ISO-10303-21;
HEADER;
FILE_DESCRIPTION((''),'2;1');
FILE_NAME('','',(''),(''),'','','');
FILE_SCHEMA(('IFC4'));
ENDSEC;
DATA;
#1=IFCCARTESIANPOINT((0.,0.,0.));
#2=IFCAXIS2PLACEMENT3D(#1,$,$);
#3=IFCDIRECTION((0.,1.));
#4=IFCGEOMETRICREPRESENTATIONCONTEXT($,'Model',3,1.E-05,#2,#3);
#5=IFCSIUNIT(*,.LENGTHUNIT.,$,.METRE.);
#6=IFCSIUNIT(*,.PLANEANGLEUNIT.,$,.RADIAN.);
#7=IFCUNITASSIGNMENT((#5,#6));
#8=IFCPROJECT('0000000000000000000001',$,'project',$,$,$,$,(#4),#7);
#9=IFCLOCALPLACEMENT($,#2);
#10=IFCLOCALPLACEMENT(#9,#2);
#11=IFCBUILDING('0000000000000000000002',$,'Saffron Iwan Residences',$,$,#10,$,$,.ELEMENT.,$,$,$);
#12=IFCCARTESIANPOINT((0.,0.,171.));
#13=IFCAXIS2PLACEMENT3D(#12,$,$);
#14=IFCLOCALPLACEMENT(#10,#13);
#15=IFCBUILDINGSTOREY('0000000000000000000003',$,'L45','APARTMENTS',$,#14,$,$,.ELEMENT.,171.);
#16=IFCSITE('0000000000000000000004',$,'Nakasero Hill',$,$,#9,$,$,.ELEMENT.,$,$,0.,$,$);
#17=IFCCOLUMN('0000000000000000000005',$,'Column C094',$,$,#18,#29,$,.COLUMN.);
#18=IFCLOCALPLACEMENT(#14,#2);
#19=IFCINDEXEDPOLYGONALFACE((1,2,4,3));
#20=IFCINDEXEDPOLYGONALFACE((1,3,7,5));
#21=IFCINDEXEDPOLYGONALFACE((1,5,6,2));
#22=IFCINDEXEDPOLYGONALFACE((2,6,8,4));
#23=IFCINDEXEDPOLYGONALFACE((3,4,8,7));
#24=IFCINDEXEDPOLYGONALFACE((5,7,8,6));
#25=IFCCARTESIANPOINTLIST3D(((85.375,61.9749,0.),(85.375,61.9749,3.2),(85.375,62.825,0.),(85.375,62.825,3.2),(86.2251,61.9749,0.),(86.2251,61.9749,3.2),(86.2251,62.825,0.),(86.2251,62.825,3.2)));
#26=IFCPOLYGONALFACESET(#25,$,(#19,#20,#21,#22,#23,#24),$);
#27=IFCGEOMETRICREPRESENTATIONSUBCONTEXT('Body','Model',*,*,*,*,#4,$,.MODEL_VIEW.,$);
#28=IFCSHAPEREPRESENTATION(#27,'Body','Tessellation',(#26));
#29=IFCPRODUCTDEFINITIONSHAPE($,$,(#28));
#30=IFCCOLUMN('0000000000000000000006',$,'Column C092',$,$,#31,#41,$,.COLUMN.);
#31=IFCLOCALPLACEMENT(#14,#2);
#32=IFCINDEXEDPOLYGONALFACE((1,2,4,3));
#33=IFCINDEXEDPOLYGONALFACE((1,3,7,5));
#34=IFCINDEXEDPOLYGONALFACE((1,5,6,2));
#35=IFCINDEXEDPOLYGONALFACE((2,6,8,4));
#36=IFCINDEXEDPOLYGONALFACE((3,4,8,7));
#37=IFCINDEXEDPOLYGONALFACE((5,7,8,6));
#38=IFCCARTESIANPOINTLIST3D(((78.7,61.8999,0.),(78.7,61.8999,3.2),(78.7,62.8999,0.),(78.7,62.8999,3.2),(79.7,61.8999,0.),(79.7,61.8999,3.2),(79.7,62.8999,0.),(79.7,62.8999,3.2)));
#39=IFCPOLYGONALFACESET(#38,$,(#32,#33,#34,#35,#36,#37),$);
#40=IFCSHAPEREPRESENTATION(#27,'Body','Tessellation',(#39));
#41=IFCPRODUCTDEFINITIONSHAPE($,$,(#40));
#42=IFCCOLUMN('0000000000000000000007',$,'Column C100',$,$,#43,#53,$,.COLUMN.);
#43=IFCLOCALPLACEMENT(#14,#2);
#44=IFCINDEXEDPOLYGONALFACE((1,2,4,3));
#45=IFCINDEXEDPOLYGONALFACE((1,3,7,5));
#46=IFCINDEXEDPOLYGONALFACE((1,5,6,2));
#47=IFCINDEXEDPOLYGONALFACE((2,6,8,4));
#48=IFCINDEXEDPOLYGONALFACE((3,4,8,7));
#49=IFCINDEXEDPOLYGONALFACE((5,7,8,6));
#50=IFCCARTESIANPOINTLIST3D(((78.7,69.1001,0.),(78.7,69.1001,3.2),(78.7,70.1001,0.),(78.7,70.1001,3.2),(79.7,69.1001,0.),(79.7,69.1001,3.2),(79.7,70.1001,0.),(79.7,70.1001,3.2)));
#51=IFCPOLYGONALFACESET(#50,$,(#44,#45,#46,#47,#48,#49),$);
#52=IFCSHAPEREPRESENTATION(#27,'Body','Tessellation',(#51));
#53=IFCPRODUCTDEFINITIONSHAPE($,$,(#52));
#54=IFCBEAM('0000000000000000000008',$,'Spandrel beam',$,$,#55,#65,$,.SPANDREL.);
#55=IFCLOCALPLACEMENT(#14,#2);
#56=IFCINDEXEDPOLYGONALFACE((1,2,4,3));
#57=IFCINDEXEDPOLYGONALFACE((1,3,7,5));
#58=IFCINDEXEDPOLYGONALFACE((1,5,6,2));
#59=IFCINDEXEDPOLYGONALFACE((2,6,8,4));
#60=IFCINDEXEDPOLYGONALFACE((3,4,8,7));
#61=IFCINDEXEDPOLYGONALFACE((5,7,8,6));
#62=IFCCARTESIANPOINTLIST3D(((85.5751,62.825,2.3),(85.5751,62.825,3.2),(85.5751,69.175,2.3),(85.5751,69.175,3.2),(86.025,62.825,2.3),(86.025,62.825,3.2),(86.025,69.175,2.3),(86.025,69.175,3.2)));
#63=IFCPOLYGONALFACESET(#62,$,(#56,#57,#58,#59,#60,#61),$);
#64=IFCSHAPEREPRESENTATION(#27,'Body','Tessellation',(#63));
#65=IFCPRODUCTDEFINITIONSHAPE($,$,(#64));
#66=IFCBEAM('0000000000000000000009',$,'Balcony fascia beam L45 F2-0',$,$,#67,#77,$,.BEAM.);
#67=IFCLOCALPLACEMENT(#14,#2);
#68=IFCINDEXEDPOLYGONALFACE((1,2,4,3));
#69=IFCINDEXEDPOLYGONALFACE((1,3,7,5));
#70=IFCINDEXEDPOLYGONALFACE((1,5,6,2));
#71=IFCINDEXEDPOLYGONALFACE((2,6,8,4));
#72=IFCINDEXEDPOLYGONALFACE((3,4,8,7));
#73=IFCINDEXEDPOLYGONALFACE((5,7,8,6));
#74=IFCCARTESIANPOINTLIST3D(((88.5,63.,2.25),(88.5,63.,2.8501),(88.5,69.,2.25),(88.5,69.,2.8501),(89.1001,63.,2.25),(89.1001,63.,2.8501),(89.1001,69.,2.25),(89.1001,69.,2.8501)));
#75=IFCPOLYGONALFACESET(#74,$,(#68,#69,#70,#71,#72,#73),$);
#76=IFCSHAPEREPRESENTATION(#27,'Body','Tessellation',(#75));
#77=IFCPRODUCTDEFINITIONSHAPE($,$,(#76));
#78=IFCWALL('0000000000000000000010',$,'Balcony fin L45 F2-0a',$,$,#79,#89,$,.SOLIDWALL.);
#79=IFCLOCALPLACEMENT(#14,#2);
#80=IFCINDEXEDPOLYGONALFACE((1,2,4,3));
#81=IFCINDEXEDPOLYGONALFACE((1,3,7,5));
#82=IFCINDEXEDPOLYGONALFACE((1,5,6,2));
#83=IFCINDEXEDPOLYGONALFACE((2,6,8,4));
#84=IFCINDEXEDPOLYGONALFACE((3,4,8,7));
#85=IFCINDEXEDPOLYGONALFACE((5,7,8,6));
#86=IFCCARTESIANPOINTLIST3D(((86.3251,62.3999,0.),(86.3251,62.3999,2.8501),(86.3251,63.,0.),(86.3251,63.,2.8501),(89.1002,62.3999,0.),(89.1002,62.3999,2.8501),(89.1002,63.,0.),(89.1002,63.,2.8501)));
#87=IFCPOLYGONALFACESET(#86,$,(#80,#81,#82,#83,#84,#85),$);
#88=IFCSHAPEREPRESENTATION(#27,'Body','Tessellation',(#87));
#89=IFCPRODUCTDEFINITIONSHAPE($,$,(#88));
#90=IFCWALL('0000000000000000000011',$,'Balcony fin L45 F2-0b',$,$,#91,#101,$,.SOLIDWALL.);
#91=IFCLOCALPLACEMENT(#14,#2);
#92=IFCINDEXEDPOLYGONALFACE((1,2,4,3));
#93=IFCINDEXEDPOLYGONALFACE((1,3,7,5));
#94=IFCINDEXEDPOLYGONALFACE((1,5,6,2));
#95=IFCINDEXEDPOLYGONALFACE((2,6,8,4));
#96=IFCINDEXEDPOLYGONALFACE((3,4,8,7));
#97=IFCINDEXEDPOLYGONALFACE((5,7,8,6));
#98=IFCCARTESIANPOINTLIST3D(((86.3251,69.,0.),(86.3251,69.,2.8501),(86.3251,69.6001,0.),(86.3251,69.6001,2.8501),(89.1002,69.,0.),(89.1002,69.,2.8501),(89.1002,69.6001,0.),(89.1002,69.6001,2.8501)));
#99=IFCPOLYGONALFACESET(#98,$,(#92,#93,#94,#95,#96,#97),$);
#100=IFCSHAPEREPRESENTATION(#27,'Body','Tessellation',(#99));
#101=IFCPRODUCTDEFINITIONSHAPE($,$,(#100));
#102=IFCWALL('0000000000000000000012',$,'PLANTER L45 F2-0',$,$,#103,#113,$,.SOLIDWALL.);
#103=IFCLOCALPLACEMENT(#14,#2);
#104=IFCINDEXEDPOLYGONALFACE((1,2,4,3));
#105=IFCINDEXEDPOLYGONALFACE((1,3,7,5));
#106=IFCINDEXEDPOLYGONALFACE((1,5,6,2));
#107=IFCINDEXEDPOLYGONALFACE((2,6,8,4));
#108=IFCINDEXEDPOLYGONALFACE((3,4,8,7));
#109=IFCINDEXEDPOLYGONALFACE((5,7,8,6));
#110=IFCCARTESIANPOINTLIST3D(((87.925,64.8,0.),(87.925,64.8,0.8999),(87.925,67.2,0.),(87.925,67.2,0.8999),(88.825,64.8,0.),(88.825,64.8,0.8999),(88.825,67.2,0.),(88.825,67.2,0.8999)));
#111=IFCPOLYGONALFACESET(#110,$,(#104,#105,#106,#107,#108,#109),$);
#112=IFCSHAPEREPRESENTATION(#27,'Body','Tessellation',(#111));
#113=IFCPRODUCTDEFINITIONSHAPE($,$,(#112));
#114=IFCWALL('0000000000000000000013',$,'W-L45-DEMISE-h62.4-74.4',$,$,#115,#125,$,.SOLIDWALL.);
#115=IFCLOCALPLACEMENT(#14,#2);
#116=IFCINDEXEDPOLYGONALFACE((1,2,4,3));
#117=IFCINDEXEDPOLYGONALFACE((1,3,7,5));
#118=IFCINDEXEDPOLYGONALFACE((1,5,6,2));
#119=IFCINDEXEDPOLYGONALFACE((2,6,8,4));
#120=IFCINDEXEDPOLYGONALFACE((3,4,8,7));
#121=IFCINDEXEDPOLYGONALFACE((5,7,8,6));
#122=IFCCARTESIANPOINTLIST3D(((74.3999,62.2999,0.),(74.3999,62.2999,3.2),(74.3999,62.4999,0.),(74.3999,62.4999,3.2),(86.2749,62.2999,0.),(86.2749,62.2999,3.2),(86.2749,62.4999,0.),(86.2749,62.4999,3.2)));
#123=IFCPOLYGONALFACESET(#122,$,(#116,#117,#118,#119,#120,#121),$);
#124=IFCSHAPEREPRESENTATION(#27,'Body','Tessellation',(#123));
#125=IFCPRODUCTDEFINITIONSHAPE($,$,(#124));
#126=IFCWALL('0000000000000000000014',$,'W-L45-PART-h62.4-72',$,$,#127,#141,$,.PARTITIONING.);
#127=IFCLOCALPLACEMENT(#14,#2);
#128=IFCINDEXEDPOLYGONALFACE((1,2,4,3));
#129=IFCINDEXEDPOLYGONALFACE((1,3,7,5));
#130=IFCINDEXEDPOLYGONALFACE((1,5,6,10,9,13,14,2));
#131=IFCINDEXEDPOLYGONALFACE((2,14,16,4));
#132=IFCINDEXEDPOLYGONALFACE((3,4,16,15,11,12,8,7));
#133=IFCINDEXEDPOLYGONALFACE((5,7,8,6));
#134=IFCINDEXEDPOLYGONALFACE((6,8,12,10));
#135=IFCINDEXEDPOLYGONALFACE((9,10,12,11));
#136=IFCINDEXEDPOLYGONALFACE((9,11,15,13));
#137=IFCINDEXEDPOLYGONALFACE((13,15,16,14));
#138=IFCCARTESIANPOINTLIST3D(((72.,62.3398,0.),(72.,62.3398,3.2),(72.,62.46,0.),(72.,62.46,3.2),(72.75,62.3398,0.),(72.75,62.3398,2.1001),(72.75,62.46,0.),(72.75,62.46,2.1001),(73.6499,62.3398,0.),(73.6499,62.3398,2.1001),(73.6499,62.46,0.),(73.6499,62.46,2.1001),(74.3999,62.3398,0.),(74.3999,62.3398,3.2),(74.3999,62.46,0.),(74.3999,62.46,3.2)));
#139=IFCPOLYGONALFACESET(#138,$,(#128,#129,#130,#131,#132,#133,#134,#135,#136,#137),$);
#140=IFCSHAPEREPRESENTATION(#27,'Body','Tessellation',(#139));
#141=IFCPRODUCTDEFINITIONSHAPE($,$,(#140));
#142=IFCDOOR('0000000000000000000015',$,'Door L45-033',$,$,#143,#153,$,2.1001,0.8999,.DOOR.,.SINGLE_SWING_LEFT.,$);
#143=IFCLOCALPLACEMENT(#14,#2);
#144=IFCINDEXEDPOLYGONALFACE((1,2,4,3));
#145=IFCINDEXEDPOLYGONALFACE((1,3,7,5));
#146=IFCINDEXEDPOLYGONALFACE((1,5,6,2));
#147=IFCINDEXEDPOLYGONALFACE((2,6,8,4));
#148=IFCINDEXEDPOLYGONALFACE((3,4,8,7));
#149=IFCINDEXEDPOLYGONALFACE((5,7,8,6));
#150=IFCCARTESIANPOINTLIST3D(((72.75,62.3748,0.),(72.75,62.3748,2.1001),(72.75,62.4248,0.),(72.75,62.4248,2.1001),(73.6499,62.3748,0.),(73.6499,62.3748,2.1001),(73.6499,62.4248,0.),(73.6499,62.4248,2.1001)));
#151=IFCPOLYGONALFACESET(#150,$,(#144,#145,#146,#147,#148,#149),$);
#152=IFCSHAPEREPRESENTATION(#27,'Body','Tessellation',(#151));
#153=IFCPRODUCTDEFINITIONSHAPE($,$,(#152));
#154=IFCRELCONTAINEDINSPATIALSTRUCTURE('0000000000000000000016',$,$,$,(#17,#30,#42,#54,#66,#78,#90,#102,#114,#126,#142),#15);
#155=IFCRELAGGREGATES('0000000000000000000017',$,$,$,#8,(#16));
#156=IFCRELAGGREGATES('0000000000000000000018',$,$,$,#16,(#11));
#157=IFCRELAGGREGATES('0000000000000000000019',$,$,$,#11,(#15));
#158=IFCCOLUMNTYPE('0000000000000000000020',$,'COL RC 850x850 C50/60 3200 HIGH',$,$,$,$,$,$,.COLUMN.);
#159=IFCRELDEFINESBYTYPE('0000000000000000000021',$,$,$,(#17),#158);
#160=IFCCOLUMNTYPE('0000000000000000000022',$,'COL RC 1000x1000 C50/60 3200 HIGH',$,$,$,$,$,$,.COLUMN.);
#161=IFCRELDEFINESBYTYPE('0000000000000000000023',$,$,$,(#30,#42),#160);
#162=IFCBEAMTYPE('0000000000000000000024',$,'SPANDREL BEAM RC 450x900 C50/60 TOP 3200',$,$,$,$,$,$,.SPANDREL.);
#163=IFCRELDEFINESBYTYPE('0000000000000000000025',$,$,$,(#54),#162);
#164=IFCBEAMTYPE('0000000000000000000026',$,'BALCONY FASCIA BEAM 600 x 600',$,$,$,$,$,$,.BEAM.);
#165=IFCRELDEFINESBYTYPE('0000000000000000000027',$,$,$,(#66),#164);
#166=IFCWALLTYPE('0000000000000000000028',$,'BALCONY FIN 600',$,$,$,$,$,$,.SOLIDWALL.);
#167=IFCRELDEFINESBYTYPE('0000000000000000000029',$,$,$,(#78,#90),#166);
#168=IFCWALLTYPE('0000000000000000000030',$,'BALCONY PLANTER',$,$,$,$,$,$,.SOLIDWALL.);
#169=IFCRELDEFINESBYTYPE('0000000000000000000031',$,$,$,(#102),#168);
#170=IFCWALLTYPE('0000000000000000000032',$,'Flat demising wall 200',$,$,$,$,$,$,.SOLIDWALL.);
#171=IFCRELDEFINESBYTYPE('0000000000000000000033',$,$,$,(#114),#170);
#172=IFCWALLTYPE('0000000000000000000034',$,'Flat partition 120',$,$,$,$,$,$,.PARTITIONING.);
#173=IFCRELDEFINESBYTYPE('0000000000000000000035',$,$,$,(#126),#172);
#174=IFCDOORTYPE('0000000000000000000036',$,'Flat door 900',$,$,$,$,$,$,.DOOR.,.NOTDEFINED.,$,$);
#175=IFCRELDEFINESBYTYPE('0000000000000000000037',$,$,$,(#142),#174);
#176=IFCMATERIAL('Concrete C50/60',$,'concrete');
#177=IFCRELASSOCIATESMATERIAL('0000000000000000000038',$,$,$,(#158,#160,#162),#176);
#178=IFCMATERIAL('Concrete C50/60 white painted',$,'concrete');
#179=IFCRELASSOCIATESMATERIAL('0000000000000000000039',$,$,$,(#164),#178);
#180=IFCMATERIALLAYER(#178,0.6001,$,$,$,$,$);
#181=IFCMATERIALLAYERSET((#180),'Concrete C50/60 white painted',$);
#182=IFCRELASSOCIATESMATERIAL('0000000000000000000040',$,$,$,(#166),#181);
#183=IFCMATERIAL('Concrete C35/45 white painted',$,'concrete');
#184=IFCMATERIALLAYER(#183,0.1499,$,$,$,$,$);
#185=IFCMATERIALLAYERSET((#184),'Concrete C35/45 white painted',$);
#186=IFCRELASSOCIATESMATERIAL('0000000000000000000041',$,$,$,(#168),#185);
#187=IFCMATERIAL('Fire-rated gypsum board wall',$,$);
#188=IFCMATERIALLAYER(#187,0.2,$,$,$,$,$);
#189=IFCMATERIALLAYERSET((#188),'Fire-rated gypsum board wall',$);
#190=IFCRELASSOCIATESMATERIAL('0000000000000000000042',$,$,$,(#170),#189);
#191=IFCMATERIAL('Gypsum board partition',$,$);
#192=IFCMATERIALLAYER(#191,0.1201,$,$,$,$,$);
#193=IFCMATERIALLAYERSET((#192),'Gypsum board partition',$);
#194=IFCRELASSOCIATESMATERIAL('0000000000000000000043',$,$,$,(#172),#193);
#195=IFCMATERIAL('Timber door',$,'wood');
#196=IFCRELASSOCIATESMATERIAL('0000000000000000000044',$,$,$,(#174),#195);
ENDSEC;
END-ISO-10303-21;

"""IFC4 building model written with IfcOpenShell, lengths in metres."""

from ifc_helpers import new_model, si_unit, direction, frame, frame_2d, origin, origin_2d, place, context, subcontext, project, spatial, rectangle, extrude, source, transform, mapped, material, layer, layer_set, material_profile, profile_set, type_object, element, fill, save


model = new_model("IFC4")

# Units and contexts
model_context = context("Model", 3, precision=1e-05, world=origin(), true_north=direction((0.0, 1.0)))
body_context = subcontext(model_context, "Body", "Model", "MODEL_VIEW")
ifc_project = project(units=[si_unit("LENGTHUNIT", "METRE"), si_unit("PLANEANGLEUNIT", "RADIAN")], contexts=[model_context])

# Site, building, storey
site_placement = place(None, origin())
site = spatial("IfcSite", under=ifc_project, at=site_placement, Name="Nakasero Hill", CompositionType="ELEMENT", RefElevation=0.0)
building_placement = place(site_placement, origin())
building = spatial("IfcBuilding", under=site, at=building_placement, Name="Saffron Iwan Residences", CompositionType="ELEMENT")
storey_placement = place(building_placement, frame((0.0, 0.0, 171.0)))
storey = spatial("IfcBuildingStorey", under=building, at=storey_placement, Name="L45", Description="APARTMENTS", CompositionType="ELEMENT", Elevation=171.0)

# Columns
ifc_material_1 = material(Name="Concrete C50/60", Category="concrete")
ifc_material_profile_1 = material_profile(ifc_material_1, rectangle(XDim=0.8501, YDim=0.8501, at=origin_2d()), Name="RC 850x850")
ifc_profile_set_1 = profile_set([ifc_material_profile_1], Name="Concrete C50/60")
column_type_1 = type_object("IfcColumnType", Name="COL RC 850x850 C50/60 3200 HIGH", PredefinedType="COLUMN", material=ifc_profile_set_1)
shared_shape_1 = source(origin(), body_context, "Body", "SweptSolid", [
    extrude(rectangle(XDim=0.8501, YDim=0.8501, at=origin_2d()), origin(), (0.0, 0.0, 1.0), 3.2),
])
column_placement = place(storey_placement, frame((85.8, 62.3999, 0.0), z_axis=(0.0, 0.0, 1.0), x_axis=(1.0, 0.0, 0.0)))
element("IfcColumn", 1, at=column_placement, inside=storey, type_object=column_type_1, Name="Column C094", PredefinedType="COLUMN", context=body_context, shape_type="MappedRepresentation", body=[
    mapped(shared_shape_1, transform((0.0, 0.0, 0.0))),
])
ifc_material_profile_2 = material_profile(ifc_material_1, rectangle(XDim=1.0, YDim=1.0, at=origin_2d()), Name="RC 1000x1000")
ifc_profile_set_2 = profile_set([ifc_material_profile_2], Name="Concrete C50/60")
column_type_2 = type_object("IfcColumnType", Name="COL RC 1000x1000 C50/60 3200 HIGH", PredefinedType="COLUMN", material=ifc_profile_set_2)
shared_shape_2 = source(origin(), body_context, "Body", "SweptSolid", [
    extrude(rectangle(XDim=1.0, YDim=1.0, at=origin_2d()), origin(), (0.0, 0.0, 1.0), 3.2),
])
for number, where, z_axis, x_axis, name in (
    (2, (79.2, 62.3999, 0.0), (0.0, 0.0, 1.0), (1.0, 0.0, 0.0), "Column C092"),
    (3, (79.2, 69.6001, 0.0), (0.0, 0.0, 1.0), (1.0, 0.0, 0.0), "Column C100"),
):
    element("IfcColumn", number, at=place(storey_placement, frame(where, z_axis=z_axis, x_axis=x_axis)), inside=storey, type_object=column_type_2, Name=name, PredefinedType="COLUMN", context=body_context, shape_type="MappedRepresentation", body=[
        mapped(shared_shape_2, transform((0.0, 0.0, 0.0))),
    ])

# Beams
ifc_material_profile_3 = material_profile(ifc_material_1, rectangle(XDim=0.45, YDim=0.8999, at=origin_2d()), Name="RC 450x900")
ifc_profile_set_3 = profile_set([ifc_material_profile_3], Name="Concrete C50/60")
beam_type_1 = type_object("IfcBeamType", Name="SPANDREL BEAM RC 450x900 C50/60 TOP 3200", PredefinedType="SPANDREL", material=ifc_profile_set_3)
shared_shape_3 = source(origin(), body_context, "Body", "SweptSolid", [
    extrude(rectangle(XDim=0.45, YDim=0.8999, at=origin_2d()), origin(), (0.0, 0.0, 1.0), 6.3501),
])
beam_1_placement = place(storey_placement, frame((85.8, 69.175, 2.75), z_axis=(0.0, -1.0, 0.0), x_axis=(1.0, 0.0, 0.0)))
element("IfcBeam", 4, at=beam_1_placement, inside=storey, type_object=beam_type_1, Name="Spandrel beam", PredefinedType="SPANDREL", context=body_context, shape_type="MappedRepresentation", body=[
    mapped(shared_shape_3, transform((0.0, 0.0, 0.0))),
])
ifc_material_2 = material(Name="Concrete C50/60 white painted", Category="concrete")
ifc_material_profile_4 = material_profile(ifc_material_2, rectangle(XDim=0.6001, YDim=0.6001, at=origin_2d()), Name="BALCONY FASCIA BEAM 600 x 600")
ifc_profile_set_4 = profile_set([ifc_material_profile_4], Name="Concrete C50/60 white painted")
beam_type_2 = type_object("IfcBeamType", Name="BALCONY FASCIA BEAM 600 x 600", PredefinedType="BEAM", material=ifc_profile_set_4)
shared_shape_4 = source(origin(), body_context, "Body", "SweptSolid", [
    extrude(rectangle(XDim=0.6001, YDim=0.6001, at=origin_2d()), origin(), (0.0, 0.0, 1.0), 6.0),
])
beam_2_placement = place(storey_placement, frame((88.8, 63.0, 2.55), z_axis=(0.0, 1.0, 0.0), x_axis=(-1.0, 0.0, 0.0)))
element("IfcBeam", 5, at=beam_2_placement, inside=storey, type_object=beam_type_2, Name="Balcony fascia beam L45 F2-0", PredefinedType="BEAM", context=body_context, shape_type="MappedRepresentation", body=[
    mapped(shared_shape_4, transform((0.0, 0.0, 0.0))),
])

# Walls
ifc_layer_1 = layer(ifc_material_2, 0.6001)
ifc_layer_set_1 = layer_set([ifc_layer_1], Name="Concrete C50/60 white painted")
wall_type_1 = type_object("IfcWallType", Name="BALCONY FIN 600", PredefinedType="SOLIDWALL", material=ifc_layer_set_1)
for number, where, z_axis, x_axis, name in (
    (6, (86.325, 62.7, 0.0), (0.0, 0.0, 1.0), (1.0, 0.0, 0.0), "Balcony fin L45 F2-0a"),
    (7, (86.325, 69.3, 0.0), (0.0, 0.0, 1.0), (1.0, 0.0, 0.0), "Balcony fin L45 F2-0b"),
):
    element("IfcWall", number, at=place(storey_placement, frame(where, z_axis=z_axis, x_axis=x_axis)), inside=storey, type_object=wall_type_1, Name=name, PredefinedType="SOLIDWALL", context=body_context, shape_type="SweptSolid", body=[
        extrude(rectangle(XDim=2.7751, YDim=0.6001, at=frame_2d((1.3877, 0.0))), origin(), (0.0, 0.0, 1.0), 2.8501),
    ])
ifc_material_3 = material(Name="Concrete C35/45 white painted", Category="concrete")
ifc_layer_2 = layer(ifc_material_3, 0.1499)
ifc_layer_set_2 = layer_set([ifc_layer_2], Name="Concrete C35/45 white painted")
wall_type_2 = type_object("IfcWallType", Name="BALCONY PLANTER", PredefinedType="SOLIDWALL", material=ifc_layer_set_2)
wall_1_placement = place(storey_placement, frame((88.375, 64.8, 0.0), z_axis=(0.0, 0.0, 1.0), x_axis=(0.0, 1.0, 0.0)))
element("IfcWall", 8, at=wall_1_placement, inside=storey, type_object=wall_type_2, Name="PLANTER L45 F2-0", PredefinedType="SOLIDWALL", context=body_context, shape_type="SweptSolid", body=[
    extrude(rectangle(XDim=2.3999, YDim=0.8999, at=frame_2d((1.2, 0.0))), origin(), (0.0, 0.0, 1.0), 0.8999),
])

# Wall
ifc_material_4 = material(Name="Fire-rated gypsum board wall")
ifc_layer_3 = layer(ifc_material_4, 0.2)
ifc_layer_set_3 = layer_set([ifc_layer_3], Name="Fire-rated gypsum board wall")
wall_type_3 = type_object("IfcWallType", Name="Flat demising wall 200", PredefinedType="SOLIDWALL", material=ifc_layer_set_3)
wall_2_placement = place(storey_placement, frame((74.3999, 62.3999, 0.0), z_axis=(0.0, 0.0, 1.0), x_axis=(1.0, 0.0, 0.0)))
element("IfcWall", 9, at=wall_2_placement, inside=storey, type_object=wall_type_3, Name="W-L45-DEMISE-h62.4-74.4", PredefinedType="SOLIDWALL", context=body_context, shape_type="SweptSolid", body=[
    extrude(rectangle(XDim=11.875, YDim=0.2, at=frame_2d((5.9375, 0.0))), origin(), (0.0, 0.0, 1.0), 3.2),
])

# Wall, opening, door
ifc_material_5 = material(Name="Gypsum board partition")
ifc_layer_4 = layer(ifc_material_5, 0.1201)
ifc_layer_set_4 = layer_set([ifc_layer_4], Name="Gypsum board partition")
wall_type_4 = type_object("IfcWallType", Name="Flat partition 120", PredefinedType="PARTITIONING", material=ifc_layer_set_4)
wall_3_placement = place(storey_placement, frame((72.0, 62.3999, 0.0), z_axis=(0.0, 0.0, 1.0), x_axis=(1.0, 0.0, 0.0)))
wall_3 = element("IfcWall", 10, at=wall_3_placement, inside=storey, type_object=wall_type_4, Name="W-L45-PART-h62.4-72", PredefinedType="PARTITIONING", context=body_context, shape_type="SweptSolid", body=[
    extrude(rectangle(XDim=2.3999, YDim=0.1201, at=frame_2d((1.2, 0.0))), origin(), (0.0, 0.0, 1.0), 3.2),
])
opening_1_placement = place(wall_3_placement, frame((0.75, 0.0, 0.0)))
opening_1 = element("IfcOpeningElement", 11, at=opening_1_placement, cuts=wall_3, PredefinedType="OPENING", context=body_context, shape_type="SweptSolid", body=[
    extrude(rectangle(XDim=0.8999, YDim=2.1001, at=frame_2d((0.45, 1.05))), frame((0.0, 0.0701, 0.0), z_axis=(0.0, -1.0, 0.0), x_axis=(1.0, 0.0, 0.0)), (0.0, 0.0, 1.0), 0.1401),
])
ifc_material_6 = material(Name="Timber door", Category="wood")
door_type_1 = type_object("IfcDoorType", Name="Flat door 900", OperationType="NOTDEFINED", PredefinedType="DOOR", material=ifc_material_6)
door_1_placement = place(opening_1_placement, origin())
door_1 = element("IfcDoor", 12, at=door_1_placement, inside=storey, type_object=door_type_1, Name="Door L45-033", OperationType="SINGLE_SWING_LEFT", OverallHeight=2.1001, OverallWidth=0.8999, PredefinedType="DOOR", context=body_context, shape_type="SweptSolid", body=[
    extrude(rectangle(XDim=0.8999, YDim=2.1001, at=frame_2d((0.45, 1.05))), frame((0.0, 0.0249, 0.0), z_axis=(0.0, -1.0, 0.0), x_axis=(1.0, 0.0, 0.0)), (0.0, 0.0, 1.0), 0.05),
])
fill(opening_1, door_1)

save(model, "model.ifc")
